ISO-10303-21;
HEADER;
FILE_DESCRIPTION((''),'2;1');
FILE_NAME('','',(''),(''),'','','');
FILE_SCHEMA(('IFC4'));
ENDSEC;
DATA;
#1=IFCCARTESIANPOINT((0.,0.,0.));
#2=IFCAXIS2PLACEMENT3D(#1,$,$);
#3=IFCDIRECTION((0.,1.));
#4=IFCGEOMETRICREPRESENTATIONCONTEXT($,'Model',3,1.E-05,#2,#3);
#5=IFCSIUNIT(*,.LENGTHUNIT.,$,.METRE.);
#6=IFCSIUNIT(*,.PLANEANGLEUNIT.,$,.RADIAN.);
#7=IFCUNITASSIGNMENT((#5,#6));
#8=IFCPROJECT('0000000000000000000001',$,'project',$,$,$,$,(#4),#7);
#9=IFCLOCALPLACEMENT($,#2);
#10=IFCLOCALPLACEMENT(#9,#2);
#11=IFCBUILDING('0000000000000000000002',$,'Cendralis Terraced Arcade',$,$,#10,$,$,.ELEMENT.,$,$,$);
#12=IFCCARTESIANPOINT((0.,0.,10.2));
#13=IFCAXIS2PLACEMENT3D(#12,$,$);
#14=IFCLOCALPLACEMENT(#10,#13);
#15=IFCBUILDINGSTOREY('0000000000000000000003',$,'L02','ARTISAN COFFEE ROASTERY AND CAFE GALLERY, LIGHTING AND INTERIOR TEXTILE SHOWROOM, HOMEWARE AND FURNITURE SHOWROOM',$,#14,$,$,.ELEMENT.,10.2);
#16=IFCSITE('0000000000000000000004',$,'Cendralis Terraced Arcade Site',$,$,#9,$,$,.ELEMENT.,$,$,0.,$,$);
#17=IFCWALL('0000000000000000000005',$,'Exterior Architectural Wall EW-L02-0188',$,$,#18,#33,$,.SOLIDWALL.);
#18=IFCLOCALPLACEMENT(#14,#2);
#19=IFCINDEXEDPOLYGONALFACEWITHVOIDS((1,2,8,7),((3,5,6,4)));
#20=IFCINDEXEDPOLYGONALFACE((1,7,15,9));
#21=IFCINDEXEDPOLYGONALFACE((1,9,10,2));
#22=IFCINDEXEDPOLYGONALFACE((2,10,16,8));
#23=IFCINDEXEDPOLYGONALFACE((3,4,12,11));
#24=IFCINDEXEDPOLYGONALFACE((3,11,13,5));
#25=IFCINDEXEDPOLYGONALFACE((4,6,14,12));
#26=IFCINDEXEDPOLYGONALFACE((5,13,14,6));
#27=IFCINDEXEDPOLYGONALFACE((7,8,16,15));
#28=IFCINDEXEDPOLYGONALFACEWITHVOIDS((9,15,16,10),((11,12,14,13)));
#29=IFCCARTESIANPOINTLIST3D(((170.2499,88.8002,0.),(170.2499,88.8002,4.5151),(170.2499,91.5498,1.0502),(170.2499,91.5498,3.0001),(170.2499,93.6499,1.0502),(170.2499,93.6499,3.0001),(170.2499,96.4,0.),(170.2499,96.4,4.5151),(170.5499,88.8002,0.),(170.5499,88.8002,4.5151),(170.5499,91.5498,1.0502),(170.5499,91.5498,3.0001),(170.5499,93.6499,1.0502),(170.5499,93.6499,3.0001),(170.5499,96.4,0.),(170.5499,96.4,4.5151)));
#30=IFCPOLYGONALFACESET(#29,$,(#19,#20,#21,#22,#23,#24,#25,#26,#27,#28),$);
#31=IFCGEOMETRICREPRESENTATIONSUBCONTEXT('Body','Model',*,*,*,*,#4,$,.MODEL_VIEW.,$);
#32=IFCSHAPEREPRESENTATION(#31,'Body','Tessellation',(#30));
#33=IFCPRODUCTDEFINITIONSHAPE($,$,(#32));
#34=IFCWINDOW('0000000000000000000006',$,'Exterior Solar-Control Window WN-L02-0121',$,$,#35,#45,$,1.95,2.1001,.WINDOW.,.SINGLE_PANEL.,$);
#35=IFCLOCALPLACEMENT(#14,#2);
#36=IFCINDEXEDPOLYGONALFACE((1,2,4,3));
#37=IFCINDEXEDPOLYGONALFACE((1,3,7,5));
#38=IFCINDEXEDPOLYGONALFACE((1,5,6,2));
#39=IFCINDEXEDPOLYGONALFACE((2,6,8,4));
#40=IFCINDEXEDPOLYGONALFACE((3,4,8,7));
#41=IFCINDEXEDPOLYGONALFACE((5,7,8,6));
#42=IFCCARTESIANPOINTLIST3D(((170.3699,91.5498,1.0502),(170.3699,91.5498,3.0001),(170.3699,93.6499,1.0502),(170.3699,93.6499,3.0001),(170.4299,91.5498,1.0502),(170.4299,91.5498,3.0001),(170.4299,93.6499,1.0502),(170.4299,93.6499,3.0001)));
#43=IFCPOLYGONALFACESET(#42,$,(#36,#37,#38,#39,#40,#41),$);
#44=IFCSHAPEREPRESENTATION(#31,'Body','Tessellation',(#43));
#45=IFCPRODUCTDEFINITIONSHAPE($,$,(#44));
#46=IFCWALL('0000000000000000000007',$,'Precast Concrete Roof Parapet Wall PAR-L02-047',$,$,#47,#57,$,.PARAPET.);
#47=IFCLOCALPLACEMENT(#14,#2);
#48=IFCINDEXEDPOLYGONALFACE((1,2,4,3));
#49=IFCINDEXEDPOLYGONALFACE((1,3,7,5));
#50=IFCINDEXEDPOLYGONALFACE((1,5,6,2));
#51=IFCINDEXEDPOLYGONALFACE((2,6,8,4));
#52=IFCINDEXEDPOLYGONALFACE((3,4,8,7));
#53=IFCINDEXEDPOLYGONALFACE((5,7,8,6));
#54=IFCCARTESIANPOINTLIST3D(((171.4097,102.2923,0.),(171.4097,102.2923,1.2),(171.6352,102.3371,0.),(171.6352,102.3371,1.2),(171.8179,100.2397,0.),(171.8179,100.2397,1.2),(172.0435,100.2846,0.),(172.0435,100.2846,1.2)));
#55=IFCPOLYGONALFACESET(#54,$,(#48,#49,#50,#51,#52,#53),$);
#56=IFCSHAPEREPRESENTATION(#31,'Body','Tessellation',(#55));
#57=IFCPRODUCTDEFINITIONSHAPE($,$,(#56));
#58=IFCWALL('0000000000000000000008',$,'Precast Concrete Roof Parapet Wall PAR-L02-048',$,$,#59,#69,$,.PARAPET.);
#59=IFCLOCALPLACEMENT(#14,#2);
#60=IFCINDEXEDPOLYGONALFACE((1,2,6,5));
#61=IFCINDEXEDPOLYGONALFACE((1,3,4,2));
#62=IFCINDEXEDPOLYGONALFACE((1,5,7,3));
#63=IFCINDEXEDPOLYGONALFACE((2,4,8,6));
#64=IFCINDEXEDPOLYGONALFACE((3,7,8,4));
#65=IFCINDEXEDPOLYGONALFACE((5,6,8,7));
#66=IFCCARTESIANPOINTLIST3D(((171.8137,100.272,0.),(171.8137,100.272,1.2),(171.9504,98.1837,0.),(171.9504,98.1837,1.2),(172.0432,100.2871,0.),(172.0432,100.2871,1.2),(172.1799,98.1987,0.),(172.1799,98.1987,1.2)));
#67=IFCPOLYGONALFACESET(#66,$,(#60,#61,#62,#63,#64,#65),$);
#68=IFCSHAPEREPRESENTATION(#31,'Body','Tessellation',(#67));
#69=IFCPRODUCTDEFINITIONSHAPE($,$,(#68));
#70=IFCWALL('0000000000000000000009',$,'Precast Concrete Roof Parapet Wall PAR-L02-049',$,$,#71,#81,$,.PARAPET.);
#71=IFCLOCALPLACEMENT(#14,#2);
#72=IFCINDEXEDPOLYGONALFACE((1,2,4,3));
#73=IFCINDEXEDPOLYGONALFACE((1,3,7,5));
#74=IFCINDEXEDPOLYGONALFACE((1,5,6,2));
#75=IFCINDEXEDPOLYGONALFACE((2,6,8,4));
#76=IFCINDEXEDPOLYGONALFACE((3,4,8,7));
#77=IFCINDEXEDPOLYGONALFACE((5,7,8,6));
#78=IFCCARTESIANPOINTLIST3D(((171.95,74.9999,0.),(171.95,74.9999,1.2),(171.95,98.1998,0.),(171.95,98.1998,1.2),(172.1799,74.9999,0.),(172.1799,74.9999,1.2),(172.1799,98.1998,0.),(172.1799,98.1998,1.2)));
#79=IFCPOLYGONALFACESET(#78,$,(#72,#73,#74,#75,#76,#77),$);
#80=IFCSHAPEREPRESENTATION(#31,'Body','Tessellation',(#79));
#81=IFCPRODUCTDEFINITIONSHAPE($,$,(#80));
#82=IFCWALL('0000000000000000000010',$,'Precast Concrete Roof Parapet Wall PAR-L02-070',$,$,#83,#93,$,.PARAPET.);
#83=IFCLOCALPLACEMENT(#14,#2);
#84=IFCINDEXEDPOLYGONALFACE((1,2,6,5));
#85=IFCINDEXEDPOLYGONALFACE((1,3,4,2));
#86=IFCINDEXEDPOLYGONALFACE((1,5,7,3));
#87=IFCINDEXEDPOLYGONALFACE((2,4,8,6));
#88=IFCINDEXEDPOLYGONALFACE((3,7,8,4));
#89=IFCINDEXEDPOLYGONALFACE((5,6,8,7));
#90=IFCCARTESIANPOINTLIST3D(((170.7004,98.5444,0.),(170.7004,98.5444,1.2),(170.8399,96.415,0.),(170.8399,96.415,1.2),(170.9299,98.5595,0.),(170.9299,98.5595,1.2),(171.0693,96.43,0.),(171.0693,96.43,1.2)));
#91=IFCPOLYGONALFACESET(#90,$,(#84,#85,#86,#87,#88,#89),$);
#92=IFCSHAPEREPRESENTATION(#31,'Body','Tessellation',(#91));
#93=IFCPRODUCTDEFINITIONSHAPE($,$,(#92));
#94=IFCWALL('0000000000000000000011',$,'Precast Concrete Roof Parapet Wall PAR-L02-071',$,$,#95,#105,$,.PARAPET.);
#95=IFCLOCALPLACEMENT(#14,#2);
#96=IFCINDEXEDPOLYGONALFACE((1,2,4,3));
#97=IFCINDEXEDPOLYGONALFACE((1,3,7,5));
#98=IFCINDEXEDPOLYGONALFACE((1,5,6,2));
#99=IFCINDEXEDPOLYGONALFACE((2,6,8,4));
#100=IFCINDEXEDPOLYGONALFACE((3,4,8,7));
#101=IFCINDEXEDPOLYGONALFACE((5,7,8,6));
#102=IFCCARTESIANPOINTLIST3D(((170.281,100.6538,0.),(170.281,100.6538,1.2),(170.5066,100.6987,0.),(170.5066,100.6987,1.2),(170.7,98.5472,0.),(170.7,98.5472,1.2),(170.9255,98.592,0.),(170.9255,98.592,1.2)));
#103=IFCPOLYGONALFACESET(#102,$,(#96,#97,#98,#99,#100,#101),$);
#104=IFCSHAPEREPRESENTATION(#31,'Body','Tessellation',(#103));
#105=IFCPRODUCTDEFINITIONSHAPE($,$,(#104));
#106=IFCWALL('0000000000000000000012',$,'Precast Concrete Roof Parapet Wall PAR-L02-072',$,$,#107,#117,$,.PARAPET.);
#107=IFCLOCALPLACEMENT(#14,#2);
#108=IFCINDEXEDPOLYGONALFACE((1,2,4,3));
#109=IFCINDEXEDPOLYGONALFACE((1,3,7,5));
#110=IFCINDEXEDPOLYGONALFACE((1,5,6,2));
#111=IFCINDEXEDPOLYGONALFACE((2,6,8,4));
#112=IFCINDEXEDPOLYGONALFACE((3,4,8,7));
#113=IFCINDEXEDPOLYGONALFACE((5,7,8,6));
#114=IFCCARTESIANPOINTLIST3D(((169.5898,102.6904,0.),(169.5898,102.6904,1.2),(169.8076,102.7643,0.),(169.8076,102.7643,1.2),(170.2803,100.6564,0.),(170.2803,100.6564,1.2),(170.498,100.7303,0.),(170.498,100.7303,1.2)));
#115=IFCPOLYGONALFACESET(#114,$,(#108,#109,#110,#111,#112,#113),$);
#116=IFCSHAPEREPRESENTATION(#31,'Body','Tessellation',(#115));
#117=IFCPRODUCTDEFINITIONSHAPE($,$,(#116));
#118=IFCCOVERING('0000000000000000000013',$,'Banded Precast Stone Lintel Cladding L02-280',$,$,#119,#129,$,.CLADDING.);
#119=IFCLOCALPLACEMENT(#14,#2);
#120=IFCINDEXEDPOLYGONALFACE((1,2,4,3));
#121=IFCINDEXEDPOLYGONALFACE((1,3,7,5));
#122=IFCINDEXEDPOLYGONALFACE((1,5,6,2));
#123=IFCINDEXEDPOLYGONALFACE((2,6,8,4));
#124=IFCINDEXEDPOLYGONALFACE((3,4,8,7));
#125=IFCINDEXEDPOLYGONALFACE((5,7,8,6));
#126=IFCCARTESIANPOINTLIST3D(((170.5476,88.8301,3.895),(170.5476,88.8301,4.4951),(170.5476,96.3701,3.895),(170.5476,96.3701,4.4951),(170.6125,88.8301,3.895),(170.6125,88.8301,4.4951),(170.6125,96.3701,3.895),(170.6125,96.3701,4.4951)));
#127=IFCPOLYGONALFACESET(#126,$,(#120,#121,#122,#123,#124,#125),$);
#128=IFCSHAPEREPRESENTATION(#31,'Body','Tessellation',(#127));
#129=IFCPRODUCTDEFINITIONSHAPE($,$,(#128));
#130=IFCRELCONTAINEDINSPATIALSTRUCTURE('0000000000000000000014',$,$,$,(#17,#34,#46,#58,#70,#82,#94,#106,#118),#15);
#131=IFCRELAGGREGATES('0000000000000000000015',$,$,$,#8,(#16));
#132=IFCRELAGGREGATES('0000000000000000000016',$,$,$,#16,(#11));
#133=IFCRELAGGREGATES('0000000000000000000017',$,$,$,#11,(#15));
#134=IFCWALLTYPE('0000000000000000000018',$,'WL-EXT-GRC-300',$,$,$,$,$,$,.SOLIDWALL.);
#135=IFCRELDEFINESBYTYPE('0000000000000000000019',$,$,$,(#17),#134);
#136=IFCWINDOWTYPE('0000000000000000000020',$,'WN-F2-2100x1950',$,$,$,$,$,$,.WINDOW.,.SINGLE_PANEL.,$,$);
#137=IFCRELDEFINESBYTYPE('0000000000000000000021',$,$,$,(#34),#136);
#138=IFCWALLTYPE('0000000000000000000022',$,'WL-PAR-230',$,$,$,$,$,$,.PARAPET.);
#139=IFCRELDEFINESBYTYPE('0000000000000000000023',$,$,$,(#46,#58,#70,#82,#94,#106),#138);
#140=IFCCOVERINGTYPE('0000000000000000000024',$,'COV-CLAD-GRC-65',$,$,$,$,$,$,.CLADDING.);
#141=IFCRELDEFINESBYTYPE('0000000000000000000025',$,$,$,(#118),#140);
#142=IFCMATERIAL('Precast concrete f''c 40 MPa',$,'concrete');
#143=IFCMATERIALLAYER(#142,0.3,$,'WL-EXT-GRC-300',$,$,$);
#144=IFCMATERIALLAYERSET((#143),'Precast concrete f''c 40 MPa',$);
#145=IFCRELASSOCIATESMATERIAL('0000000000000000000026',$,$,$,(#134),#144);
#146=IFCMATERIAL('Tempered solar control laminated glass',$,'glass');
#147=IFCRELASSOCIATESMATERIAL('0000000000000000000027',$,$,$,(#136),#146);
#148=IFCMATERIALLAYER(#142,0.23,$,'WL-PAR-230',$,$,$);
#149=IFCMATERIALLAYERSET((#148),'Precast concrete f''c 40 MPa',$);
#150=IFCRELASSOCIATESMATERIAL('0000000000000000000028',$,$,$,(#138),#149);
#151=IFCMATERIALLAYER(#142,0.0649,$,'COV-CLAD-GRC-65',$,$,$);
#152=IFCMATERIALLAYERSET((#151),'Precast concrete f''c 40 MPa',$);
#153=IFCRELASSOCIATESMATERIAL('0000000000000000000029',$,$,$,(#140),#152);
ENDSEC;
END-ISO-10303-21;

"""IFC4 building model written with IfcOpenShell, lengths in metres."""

from ifc_helpers import new_model, si_unit, direction, frame, frame_2d, origin, origin_2d, place, context, subcontext, project, spatial, rectangle, extrude, material, layer, layer_set, type_object, element, fill, save


model = new_model("IFC4")

# Units and contexts
model_context = context("Model", 3, precision=1e-05, world=origin(), true_north=direction((0.0, 1.0)))
body_context = subcontext(model_context, "Body", "Model", "MODEL_VIEW")
ifc_project = project(units=[si_unit("LENGTHUNIT", "METRE"), si_unit("PLANEANGLEUNIT", "RADIAN")], contexts=[model_context])

# Site, building, storey
site_placement = place(None, origin())
site = spatial("IfcSite", under=ifc_project, at=site_placement, Name="Cendralis Terraced Arcade Site", CompositionType="ELEMENT", RefElevation=0.0)
building_placement = place(site_placement, origin())
building = spatial("IfcBuilding", under=site, at=building_placement, Name="Cendralis Terraced Arcade", CompositionType="ELEMENT")
storey_placement = place(building_placement, frame((0.0, 0.0, 10.2)))
storey = spatial("IfcBuildingStorey", under=building, at=storey_placement, Name="L02", Description="ARTISAN COFFEE ROASTERY AND CAFE GALLERY, LIGHTING AND INTERIOR TEXTILE SHOWROOM, HOMEWARE AND FURNITURE SHOWROOM", CompositionType="ELEMENT", Elevation=10.2)

# Shared definitions
ifc_material_1 = material(Name="Tempered solar control laminated glass", Category="glass")

# Wall, opening, window
ifc_material_2 = material(Name="Precast concrete f'c 40 MPa", Category="concrete")
ifc_layer_1 = layer(ifc_material_2, 0.3, Name="WL-EXT-GRC-300")
ifc_layer_set_1 = layer_set([ifc_layer_1], Name="Precast concrete f'c 40 MPa")
wall_type_1 = type_object("IfcWallType", Name="WL-EXT-GRC-300", PredefinedType="SOLIDWALL", material=ifc_layer_set_1)
wall_1_placement = place(storey_placement, frame((170.3999, 96.3999, 0.0), z_axis=(0.0, 0.0, 1.0), x_axis=(0.0, -1.0, 0.0)))
wall_1 = element("IfcWall", 1, at=wall_1_placement, inside=storey, type_object=wall_type_1, Name="Exterior Architectural Wall EW-L02-0188", PredefinedType="SOLIDWALL", context=body_context, shape_type="SweptSolid", body=[
    extrude(rectangle(XDim=7.5999, YDim=0.3, at=frame_2d((3.7998, 0.0))), origin(), (0.0, 0.0, 1.0), 4.5151),
])
opening_placement = place(wall_1_placement, frame((2.75, 0.0, 1.05)))
opening = element("IfcOpeningElement", 2, at=opening_placement, cuts=wall_1, PredefinedType="OPENING", context=body_context, shape_type="SweptSolid", body=[
    extrude(rectangle(XDim=2.1001, YDim=1.95, at=frame_2d((1.05, 0.9751))), frame((0.0, 0.1621, 0.0), z_axis=(0.0, -1.0, 0.0), x_axis=(1.0, 0.0, 0.0)), (0.0, 0.0, 1.0), 0.324),
])
window_type = type_object("IfcWindowType", Name="WN-F2-2100x1950", PartitioningType="SINGLE_PANEL", PredefinedType="WINDOW", material=ifc_material_1)
window_placement = place(opening_placement, origin())
window = element("IfcWindow", 3, at=window_placement, inside=storey, type_object=window_type, Name="Exterior Solar-Control Window WN-L02-0121", OverallHeight=1.95, OverallWidth=2.1001, PartitioningType="SINGLE_PANEL", PredefinedType="WINDOW", context=body_context, shape_type="SweptSolid", body=[
    extrude(rectangle(XDim=2.1001, YDim=1.95, at=frame_2d((1.05, 0.9751))), frame((0.0, 0.03, 0.0), z_axis=(0.0, -1.0, 0.0), x_axis=(1.0, 0.0, 0.0)), (0.0, 0.0, 1.0), 0.0601),
])
fill(opening, window)

# Walls
ifc_layer_2 = layer(ifc_material_2, 0.23, Name="WL-PAR-230")
ifc_layer_set_2 = layer_set([ifc_layer_2], Name="Precast concrete f'c 40 MPa")
wall_type_2 = type_object("IfcWallType", Name="WL-PAR-230", PredefinedType="PARAPET", material=ifc_layer_set_2)
for number, where, z_axis, x_axis, name in (
    (4, (171.5225, 102.3147, 0.0), (0.0, 0.0, 1.0), (0.195062, -0.980791, 0.0), "Precast Concrete Roof Parapet Wall PAR-L02-047"),
    (5, (171.9285, 100.2795, 0.0), (0.0, 0.0, 1.0), (0.065327, -0.997864, 0.0), "Precast Concrete Roof Parapet Wall PAR-L02-048"),
):
    element("IfcWall", number, at=place(storey_placement, frame(where, z_axis=z_axis, x_axis=x_axis)), inside=storey, type_object=wall_type_2, Name=name, PredefinedType="PARAPET", context=body_context, shape_type="SweptSolid", body=[
        extrude(rectangle(XDim=2.0928, YDim=0.23, at=frame_2d((1.0464, 0.0))), origin(), (0.0, 0.0, 1.0), 1.2),
    ])
wall_2_placement = place(storey_placement, frame((172.0649, 98.2, 0.0), z_axis=(0.0, 0.0, 1.0), x_axis=(0.0, -1.0, 0.0)))
element("IfcWall", 6, at=wall_2_placement, inside=storey, type_object=wall_type_2, Name="Precast Concrete Roof Parapet Wall PAR-L02-049", PredefinedType="PARAPET", context=body_context, shape_type="SweptSolid", body=[
    extrude(rectangle(XDim=23.2, YDim=0.23, at=frame_2d((11.6001, 0.0))), origin(), (0.0, 0.0, 1.0), 1.2),
])
wall_3_placement = place(storey_placement, frame((170.9546, 96.4226, 0.0), z_axis=(0.0, 0.0, 1.0), x_axis=(-0.065327, 0.997864, 0.0)))
element("IfcWall", 7, at=wall_3_placement, inside=storey, type_object=wall_type_2, Name="Precast Concrete Roof Parapet Wall PAR-L02-070", PredefinedType="PARAPET", context=body_context, shape_type="SweptSolid", body=[
    extrude(rectangle(XDim=2.134, YDim=0.23, at=frame_2d((1.0669, 0.0))), origin(), (0.0, 0.0, 1.0), 1.2),
])
for number, where, z_axis, x_axis, name in (
    (8, (170.8127, 98.5696, 0.0), (0.0, 0.0, 1.0), (-0.195045, 0.980794, 0.0), "Precast Concrete Roof Parapet Wall PAR-L02-071"),
    (9, (170.3892, 100.6934, 0.0), (0.0, 0.0, 1.0), (-0.32144, 0.94693, 0.0), "Precast Concrete Roof Parapet Wall PAR-L02-072"),
):
    element("IfcWall", number, at=place(storey_placement, frame(where, z_axis=z_axis, x_axis=x_axis)), inside=storey, type_object=wall_type_2, Name=name, PredefinedType="PARAPET", context=body_context, shape_type="SweptSolid", body=[
        extrude(rectangle(XDim=2.1479, YDim=0.23, at=frame_2d((1.074, 0.0))), origin(), (0.0, 0.0, 1.0), 1.2),
    ])

# Covering
ifc_layer_3 = layer(ifc_material_2, 0.0649, Name="COV-CLAD-GRC-65")
ifc_layer_set_3 = layer_set([ifc_layer_3], Name="Precast concrete f'c 40 MPa")
covering_type = type_object("IfcCoveringType", Name="COV-CLAD-GRC-65", PredefinedType="CLADDING", material=ifc_layer_set_3)
covering_placement = place(storey_placement, frame((170.5801, 92.6001, 3.895), z_axis=(0.0, 0.0, 1.0), x_axis=(0.0, -1.0, 0.0)))
element("IfcCovering", 10, at=covering_placement, inside=storey, type_object=covering_type, Name="Banded Precast Stone Lintel Cladding L02-280", PredefinedType="CLADDING", context=body_context, shape_type="SweptSolid", body=[
    extrude(rectangle(XDim=7.54, YDim=0.0649, at=origin_2d()), origin(), (0.0, 0.0, 1.0), 0.6001),
])

save(model, "model.ifc")
